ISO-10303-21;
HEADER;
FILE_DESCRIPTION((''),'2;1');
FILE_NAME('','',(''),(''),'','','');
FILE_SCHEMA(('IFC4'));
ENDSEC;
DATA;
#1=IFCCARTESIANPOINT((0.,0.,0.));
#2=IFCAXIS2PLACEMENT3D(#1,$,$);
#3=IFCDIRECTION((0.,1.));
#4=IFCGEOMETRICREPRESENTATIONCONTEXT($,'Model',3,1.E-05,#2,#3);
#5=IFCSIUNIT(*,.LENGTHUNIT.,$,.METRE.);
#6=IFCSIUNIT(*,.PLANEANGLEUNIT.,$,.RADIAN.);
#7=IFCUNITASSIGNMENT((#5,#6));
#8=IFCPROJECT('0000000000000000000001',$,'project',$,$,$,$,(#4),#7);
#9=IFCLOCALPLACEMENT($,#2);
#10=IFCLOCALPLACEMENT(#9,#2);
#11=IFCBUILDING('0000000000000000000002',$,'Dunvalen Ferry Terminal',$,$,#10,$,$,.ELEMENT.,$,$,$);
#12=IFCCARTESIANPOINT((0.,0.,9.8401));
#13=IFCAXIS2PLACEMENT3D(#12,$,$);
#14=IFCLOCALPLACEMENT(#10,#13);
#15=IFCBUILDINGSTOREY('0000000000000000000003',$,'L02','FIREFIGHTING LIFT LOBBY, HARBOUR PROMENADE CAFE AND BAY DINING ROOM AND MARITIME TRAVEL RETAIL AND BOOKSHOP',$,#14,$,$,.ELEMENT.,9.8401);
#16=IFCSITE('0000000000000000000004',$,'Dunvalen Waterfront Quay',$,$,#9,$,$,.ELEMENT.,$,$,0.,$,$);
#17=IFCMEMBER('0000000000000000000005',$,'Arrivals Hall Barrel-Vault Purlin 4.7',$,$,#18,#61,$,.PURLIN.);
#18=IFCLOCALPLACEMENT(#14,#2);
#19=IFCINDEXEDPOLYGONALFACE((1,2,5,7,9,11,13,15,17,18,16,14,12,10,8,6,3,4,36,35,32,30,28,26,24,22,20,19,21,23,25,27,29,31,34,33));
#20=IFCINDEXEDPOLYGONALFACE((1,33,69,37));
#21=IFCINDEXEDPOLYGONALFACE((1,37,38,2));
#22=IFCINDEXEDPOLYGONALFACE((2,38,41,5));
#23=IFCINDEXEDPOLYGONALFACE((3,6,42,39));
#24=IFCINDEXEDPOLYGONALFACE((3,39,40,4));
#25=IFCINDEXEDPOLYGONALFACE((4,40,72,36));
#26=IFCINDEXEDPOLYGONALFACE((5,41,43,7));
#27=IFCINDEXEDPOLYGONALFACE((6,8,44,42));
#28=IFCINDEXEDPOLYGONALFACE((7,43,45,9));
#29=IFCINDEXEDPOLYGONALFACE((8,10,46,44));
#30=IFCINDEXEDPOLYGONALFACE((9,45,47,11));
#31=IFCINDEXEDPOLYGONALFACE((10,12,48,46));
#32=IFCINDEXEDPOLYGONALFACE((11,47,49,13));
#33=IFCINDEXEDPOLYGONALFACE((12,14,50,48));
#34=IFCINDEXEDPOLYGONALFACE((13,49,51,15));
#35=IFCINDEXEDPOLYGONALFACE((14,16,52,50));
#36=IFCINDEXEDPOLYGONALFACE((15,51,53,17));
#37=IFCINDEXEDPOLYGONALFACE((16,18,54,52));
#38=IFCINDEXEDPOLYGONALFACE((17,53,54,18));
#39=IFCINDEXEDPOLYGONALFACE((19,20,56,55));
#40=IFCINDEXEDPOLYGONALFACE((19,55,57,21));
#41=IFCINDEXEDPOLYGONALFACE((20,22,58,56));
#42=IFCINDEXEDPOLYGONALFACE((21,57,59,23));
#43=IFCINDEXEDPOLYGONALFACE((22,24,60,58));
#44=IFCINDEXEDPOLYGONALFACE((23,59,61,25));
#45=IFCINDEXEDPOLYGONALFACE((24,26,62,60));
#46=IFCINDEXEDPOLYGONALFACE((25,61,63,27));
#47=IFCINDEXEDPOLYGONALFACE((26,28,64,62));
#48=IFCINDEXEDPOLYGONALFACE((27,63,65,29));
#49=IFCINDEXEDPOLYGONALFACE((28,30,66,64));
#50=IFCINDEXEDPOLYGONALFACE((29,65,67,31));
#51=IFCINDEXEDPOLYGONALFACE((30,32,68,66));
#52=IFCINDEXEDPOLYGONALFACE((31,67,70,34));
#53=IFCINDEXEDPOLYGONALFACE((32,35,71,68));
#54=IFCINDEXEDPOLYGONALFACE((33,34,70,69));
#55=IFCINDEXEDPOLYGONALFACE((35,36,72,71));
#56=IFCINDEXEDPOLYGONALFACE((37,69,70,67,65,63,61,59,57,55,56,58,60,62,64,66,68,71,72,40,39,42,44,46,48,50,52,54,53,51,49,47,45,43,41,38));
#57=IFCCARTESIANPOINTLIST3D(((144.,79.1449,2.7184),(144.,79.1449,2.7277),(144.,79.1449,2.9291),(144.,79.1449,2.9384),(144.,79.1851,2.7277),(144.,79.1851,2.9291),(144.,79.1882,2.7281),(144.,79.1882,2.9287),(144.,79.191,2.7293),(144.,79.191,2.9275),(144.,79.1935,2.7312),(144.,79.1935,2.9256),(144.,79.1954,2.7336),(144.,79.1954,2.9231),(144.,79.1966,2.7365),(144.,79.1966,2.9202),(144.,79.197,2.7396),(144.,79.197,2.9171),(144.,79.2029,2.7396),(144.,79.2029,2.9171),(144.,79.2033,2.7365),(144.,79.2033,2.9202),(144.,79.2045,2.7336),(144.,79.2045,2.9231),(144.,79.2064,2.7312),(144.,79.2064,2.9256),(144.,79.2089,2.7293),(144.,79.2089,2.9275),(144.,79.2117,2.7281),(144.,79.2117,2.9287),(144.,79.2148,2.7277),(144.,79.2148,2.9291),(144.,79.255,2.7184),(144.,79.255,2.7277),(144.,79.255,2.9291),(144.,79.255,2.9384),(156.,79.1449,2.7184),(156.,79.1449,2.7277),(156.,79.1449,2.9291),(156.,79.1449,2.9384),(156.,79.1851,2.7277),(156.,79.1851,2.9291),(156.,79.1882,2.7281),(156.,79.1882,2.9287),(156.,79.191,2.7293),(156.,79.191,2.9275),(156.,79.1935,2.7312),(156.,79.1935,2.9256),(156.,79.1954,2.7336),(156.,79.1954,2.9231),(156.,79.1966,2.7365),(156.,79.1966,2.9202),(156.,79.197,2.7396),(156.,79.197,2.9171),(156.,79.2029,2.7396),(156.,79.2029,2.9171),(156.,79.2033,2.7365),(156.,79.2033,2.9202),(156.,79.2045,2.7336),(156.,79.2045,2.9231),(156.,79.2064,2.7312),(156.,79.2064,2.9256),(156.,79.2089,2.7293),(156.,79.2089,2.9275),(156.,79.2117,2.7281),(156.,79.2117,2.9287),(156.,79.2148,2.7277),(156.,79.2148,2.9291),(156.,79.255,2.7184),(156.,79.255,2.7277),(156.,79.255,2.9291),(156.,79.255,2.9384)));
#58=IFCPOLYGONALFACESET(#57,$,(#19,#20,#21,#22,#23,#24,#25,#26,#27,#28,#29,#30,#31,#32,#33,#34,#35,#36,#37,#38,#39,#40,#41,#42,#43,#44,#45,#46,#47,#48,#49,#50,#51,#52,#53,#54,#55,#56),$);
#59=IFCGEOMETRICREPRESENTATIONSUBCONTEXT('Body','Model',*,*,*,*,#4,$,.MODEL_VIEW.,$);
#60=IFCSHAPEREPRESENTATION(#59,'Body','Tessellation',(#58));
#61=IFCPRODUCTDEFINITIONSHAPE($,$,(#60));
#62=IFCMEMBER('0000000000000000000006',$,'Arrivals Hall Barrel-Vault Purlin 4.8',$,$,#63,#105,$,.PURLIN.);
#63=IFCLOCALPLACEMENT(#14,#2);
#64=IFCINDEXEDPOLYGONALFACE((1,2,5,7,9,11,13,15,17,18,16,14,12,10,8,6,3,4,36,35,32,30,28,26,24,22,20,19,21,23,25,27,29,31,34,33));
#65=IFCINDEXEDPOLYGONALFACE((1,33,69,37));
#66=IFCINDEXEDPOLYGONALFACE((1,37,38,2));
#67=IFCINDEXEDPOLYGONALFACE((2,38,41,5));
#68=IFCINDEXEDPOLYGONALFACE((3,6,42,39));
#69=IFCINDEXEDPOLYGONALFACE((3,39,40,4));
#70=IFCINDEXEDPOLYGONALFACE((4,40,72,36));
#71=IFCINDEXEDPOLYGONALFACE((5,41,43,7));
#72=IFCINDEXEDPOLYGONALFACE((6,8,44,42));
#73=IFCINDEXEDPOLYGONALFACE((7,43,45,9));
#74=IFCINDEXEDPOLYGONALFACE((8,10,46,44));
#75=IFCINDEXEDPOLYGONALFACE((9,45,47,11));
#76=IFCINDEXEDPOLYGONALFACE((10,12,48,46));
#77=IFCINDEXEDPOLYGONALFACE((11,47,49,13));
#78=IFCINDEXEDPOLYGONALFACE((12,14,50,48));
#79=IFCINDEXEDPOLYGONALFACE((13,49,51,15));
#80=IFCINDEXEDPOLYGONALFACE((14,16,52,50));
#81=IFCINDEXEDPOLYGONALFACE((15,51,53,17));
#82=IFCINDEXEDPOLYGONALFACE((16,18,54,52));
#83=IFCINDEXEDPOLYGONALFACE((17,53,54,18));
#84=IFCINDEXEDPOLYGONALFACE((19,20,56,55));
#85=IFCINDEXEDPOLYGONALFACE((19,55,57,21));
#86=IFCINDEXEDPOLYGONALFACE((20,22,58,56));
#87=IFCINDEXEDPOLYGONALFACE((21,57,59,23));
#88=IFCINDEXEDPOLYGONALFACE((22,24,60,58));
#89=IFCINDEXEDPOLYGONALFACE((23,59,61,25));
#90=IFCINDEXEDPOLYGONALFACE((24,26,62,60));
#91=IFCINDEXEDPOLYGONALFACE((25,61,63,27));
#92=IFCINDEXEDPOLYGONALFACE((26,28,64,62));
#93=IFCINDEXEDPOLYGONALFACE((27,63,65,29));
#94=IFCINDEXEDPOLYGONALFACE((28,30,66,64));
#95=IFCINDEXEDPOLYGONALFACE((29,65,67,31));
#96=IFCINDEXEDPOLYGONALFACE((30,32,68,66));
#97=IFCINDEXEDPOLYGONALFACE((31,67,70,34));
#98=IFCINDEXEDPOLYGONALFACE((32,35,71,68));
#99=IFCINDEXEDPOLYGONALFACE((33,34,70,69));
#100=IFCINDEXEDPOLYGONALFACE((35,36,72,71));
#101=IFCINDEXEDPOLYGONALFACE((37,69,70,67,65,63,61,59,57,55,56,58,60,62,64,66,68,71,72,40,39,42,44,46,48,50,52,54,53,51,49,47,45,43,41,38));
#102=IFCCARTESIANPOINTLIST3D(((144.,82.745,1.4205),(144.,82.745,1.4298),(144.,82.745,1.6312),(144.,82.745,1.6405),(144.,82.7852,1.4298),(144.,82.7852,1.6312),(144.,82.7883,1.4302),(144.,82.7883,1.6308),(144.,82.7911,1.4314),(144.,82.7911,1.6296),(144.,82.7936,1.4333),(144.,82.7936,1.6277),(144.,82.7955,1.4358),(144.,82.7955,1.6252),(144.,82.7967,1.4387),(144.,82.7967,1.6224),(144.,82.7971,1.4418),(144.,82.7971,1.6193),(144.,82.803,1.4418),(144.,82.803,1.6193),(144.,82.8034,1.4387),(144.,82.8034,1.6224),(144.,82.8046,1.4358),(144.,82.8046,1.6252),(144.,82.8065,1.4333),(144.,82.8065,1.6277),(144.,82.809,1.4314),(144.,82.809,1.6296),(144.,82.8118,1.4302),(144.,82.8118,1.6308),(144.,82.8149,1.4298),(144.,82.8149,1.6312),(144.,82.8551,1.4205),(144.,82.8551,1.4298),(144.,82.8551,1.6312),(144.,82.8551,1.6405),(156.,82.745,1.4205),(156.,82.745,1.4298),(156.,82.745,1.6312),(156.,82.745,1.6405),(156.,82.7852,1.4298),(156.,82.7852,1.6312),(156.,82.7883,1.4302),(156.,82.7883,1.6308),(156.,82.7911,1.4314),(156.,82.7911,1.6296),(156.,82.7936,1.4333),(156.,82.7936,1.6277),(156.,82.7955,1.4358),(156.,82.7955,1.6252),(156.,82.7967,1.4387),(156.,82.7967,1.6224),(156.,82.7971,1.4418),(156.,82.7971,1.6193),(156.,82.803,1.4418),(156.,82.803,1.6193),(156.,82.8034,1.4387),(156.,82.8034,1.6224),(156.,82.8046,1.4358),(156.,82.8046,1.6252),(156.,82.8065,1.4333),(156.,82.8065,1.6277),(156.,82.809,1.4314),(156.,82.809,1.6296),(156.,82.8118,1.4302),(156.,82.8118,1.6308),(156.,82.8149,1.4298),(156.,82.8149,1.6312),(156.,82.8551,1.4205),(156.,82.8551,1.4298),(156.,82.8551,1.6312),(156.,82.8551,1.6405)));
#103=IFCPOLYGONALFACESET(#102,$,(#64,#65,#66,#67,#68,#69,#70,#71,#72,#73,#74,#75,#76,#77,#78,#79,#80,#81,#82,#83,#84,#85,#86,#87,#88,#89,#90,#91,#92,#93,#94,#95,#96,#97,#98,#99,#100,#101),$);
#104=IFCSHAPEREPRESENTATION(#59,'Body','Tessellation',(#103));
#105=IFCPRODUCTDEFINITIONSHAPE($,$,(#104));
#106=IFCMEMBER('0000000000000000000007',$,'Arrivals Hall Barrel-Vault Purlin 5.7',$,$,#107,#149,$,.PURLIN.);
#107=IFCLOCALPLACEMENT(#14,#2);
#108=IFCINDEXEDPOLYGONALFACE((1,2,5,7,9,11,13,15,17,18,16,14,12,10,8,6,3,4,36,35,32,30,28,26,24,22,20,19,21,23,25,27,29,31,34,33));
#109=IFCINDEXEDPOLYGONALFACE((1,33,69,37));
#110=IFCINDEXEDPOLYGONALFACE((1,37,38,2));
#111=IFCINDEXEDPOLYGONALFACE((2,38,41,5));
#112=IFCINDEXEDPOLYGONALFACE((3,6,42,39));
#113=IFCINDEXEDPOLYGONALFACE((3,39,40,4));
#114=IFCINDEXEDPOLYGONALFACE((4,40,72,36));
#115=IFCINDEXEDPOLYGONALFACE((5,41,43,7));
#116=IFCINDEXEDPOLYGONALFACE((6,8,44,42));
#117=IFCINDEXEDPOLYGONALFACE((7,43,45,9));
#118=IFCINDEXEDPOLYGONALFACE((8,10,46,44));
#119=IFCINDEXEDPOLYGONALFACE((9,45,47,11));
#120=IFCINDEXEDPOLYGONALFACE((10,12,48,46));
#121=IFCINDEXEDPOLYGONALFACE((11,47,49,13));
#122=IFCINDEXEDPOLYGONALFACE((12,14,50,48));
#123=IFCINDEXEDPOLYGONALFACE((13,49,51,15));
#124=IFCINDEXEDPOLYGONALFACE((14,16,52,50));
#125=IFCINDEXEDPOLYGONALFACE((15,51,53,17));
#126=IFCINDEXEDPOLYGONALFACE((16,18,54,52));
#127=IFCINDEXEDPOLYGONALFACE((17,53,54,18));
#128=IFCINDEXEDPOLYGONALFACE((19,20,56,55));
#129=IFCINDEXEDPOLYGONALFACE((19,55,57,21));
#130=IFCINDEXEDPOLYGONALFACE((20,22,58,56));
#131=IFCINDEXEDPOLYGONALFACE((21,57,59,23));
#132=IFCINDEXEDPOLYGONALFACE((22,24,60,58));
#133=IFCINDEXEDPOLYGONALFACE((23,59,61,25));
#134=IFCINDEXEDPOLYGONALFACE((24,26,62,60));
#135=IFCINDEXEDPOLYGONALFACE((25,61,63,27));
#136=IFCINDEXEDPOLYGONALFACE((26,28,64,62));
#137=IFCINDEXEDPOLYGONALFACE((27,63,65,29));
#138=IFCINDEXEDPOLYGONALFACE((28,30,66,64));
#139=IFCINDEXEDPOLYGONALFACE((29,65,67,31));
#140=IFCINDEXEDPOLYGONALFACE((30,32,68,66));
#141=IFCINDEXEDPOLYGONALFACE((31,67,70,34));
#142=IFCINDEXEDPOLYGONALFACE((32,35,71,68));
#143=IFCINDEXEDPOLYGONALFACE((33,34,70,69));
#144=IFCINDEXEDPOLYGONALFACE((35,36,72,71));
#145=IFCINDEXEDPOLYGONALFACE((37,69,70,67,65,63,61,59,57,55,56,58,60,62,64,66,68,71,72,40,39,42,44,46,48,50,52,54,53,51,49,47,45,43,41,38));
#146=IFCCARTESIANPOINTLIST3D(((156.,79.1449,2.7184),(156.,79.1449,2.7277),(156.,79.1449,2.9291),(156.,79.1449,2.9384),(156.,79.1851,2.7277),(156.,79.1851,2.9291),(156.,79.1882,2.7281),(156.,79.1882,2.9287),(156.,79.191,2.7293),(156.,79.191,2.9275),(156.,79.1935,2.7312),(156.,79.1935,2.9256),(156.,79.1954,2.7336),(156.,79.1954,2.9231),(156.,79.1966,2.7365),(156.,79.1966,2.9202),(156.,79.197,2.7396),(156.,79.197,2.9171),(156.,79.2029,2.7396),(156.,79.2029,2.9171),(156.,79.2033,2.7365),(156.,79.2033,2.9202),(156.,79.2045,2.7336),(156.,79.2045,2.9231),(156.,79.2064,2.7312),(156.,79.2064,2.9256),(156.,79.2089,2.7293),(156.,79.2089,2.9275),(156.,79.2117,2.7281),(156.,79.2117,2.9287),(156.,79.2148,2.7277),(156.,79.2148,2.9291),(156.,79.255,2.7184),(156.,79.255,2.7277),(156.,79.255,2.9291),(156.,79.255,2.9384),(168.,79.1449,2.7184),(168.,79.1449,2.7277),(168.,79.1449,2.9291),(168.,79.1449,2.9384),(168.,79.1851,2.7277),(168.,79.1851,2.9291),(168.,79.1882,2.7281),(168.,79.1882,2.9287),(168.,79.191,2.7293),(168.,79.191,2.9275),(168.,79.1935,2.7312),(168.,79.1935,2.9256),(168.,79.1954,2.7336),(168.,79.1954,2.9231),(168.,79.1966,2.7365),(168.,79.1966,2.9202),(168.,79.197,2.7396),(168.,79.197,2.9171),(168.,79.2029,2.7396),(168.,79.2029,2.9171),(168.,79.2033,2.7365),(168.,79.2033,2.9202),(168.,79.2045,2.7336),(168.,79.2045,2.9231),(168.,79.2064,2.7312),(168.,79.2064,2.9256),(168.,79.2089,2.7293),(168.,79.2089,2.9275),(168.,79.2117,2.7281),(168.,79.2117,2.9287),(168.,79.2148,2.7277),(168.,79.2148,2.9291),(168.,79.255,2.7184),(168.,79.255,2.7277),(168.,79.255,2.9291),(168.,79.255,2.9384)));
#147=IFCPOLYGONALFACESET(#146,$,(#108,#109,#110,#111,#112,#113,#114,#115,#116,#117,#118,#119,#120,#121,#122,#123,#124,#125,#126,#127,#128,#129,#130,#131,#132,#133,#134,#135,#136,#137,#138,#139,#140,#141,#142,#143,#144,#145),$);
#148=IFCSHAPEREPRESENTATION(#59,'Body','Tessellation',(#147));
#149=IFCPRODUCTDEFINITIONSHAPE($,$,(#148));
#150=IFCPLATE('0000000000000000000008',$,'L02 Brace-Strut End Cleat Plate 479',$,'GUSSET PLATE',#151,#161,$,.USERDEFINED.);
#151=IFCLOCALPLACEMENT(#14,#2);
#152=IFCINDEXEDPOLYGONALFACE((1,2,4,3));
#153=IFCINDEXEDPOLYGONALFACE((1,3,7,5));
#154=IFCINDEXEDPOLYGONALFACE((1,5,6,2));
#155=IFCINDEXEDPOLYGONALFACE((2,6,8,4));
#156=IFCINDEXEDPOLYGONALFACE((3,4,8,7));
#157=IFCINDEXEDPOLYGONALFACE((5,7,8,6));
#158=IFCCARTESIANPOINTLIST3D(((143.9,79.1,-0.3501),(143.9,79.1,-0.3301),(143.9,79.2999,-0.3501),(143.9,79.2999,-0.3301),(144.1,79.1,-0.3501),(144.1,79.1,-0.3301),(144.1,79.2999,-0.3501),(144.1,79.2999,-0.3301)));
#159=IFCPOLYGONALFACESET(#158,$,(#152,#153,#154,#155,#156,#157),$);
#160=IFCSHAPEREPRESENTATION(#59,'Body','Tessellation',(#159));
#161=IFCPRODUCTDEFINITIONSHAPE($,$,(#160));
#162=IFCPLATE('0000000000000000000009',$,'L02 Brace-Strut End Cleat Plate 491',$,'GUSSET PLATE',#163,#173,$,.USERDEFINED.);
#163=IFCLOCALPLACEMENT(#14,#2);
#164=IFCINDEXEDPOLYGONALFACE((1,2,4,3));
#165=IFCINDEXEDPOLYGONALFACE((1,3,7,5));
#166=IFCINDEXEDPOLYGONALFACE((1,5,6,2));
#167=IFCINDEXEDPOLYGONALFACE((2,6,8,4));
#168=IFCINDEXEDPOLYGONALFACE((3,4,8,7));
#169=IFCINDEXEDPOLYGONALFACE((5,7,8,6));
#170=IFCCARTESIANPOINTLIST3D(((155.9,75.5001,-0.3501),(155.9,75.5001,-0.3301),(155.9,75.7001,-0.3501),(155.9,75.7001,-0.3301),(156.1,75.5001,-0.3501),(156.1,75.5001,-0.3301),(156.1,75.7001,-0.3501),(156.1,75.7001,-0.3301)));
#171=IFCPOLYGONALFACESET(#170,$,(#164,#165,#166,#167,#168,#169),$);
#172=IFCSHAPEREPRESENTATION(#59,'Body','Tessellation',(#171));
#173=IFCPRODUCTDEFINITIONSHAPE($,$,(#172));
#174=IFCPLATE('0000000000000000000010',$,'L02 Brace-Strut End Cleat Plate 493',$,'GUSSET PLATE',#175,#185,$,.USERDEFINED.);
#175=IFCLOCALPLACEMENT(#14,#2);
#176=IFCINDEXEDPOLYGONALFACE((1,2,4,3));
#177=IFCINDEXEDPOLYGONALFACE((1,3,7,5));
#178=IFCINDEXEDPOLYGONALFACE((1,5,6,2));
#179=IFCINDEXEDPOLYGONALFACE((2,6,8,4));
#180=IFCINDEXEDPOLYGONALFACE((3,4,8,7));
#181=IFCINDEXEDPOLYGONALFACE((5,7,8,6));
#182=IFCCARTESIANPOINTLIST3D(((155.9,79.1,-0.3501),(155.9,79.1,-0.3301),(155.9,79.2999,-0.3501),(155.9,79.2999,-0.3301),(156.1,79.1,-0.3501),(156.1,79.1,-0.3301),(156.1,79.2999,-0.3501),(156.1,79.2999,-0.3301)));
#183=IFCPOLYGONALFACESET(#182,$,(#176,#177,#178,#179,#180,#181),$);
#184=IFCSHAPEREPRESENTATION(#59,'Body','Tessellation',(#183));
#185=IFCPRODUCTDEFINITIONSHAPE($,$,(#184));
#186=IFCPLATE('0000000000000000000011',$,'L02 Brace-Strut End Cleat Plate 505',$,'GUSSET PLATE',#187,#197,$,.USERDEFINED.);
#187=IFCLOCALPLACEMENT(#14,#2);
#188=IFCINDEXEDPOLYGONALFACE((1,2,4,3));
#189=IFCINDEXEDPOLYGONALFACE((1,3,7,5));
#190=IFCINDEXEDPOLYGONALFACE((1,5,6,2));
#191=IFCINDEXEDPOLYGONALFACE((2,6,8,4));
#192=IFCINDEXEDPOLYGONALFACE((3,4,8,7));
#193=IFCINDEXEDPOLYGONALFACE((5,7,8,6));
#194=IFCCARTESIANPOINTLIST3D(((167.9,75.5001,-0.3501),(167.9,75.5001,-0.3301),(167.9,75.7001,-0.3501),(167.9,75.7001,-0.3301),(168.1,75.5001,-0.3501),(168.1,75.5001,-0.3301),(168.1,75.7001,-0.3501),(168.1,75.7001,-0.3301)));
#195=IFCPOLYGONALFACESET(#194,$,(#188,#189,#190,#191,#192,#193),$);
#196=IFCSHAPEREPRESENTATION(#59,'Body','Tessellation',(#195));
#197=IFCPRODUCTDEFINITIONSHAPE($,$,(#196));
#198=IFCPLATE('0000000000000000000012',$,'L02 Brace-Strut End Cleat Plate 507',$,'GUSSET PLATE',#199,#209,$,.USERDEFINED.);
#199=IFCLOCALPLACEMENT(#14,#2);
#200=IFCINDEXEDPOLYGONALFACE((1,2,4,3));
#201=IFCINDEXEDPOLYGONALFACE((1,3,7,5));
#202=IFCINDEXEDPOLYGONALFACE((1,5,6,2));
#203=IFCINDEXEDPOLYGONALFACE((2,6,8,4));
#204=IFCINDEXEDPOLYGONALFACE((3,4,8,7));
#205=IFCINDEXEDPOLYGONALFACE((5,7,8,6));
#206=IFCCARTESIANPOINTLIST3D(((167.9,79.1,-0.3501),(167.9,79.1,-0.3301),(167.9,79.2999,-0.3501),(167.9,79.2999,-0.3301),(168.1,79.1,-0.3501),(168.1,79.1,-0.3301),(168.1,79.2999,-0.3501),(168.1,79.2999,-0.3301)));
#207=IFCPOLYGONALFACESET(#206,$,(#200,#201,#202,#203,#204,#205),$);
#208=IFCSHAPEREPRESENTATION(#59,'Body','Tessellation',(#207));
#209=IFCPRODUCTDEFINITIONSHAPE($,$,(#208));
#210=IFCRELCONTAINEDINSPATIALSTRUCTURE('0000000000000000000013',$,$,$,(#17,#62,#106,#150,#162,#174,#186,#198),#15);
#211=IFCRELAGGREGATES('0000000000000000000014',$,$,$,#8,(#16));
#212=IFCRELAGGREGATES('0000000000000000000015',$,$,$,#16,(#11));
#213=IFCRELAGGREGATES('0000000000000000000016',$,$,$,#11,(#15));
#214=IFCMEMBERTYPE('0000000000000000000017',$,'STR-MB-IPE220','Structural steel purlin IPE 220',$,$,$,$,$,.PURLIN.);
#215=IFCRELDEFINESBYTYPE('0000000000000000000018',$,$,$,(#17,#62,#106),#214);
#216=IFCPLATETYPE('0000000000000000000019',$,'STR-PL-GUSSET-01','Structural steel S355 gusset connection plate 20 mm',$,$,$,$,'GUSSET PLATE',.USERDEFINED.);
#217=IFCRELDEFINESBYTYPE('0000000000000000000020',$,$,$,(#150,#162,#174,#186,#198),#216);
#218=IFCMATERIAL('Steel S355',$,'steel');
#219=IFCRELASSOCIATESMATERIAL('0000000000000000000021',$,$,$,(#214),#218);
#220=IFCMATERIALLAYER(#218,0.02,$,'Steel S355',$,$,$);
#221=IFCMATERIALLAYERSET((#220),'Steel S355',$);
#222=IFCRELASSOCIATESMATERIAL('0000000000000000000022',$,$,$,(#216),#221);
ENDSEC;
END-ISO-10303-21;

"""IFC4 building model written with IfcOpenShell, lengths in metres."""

from ifc_helpers import new_model, si_unit, direction, frame, origin, origin_2d, place, context, subcontext, project, spatial, rectangle, i_section, extrude, material, layer, layer_set, material_profile, profile_set, type_object, element, save


model = new_model("IFC4")

# Units and contexts
model_context = context("Model", 3, precision=1e-05, world=origin(), true_north=direction((0.0, 1.0)))
body_context = subcontext(model_context, "Body", "Model", "MODEL_VIEW")
ifc_project = project(units=[si_unit("LENGTHUNIT", "METRE"), si_unit("PLANEANGLEUNIT", "RADIAN")], contexts=[model_context])

# Site, building, storey
site_placement = place(None, origin())
site = spatial("IfcSite", under=ifc_project, at=site_placement, Name="Dunvalen Waterfront Quay", CompositionType="ELEMENT", RefElevation=0.0)
building_placement = place(site_placement, origin())
building = spatial("IfcBuilding", under=site, at=building_placement, Name="Dunvalen Ferry Terminal", CompositionType="ELEMENT")
storey_placement = place(building_placement, frame((0.0, 0.0, 9.8401)))
storey = spatial("IfcBuildingStorey", under=building, at=storey_placement, Name="L02", Description="FIREFIGHTING LIFT LOBBY, HARBOUR PROMENADE CAFE AND BAY DINING ROOM AND MARITIME TRAVEL RETAIL AND BOOKSHOP", CompositionType="ELEMENT", Elevation=9.8401)

# Shared definitions
ifc_material_1 = material(Name="Steel S355", Category="steel")

# Members
ifc_material_profile_1 = material_profile(ifc_material_1, i_section(OverallWidth=0.1101, OverallDepth=0.22, WebThickness=0.0059, FlangeThickness=0.0093, FilletRadius=0.012, at=origin_2d()), Name="Steel S355")
ifc_profile_set_1 = profile_set([ifc_material_profile_1], Name="Steel S355")
member_type_1 = type_object("IfcMemberType", Name="STR-MB-IPE220", Description="Structural steel purlin IPE 220", PredefinedType="PURLIN", material=ifc_profile_set_1)
for number, where, z_axis, x_axis, name in (
    (1, (144.0, 79.2, 2.8284), (1.0, 0.0, 0.0), (0.0, 1.0, 0.0), "Arrivals Hall Barrel-Vault Purlin 4.7"),
    (2, (144.0, 82.8, 1.5305), (1.0, 0.0, 0.0), (0.0, 1.0, 0.0), "Arrivals Hall Barrel-Vault Purlin 4.8"),
    (3, (156.0, 79.2, 2.8284), (1.0, 0.0, 0.0), (0.0, 1.0, 0.0), "Arrivals Hall Barrel-Vault Purlin 5.7"),
):
    element("IfcMember", number, at=place(storey_placement, frame(where, z_axis=z_axis, x_axis=x_axis)), inside=storey, type_object=member_type_1, Name=name, PredefinedType="PURLIN", context=body_context, shape_type="SweptSolid", body=[
        extrude(i_section(OverallWidth=0.1101, OverallDepth=0.22, WebThickness=0.0059, FlangeThickness=0.0093, FilletRadius=0.012, at=origin_2d()), origin(), (0.0, 0.0, 1.0), 12.0),
    ])

# Plates
ifc_layer_1 = layer(ifc_material_1, 0.02, Name="Steel S355")
ifc_layer_set_1 = layer_set([ifc_layer_1], Name="Steel S355")
plate_type_1 = type_object("IfcPlateType", Name="STR-PL-GUSSET-01", Description="Structural steel S355 gusset connection plate 20 mm", ElementType="GUSSET PLATE", PredefinedType="USERDEFINED", material=ifc_layer_set_1)
for number, where, z_axis, x_axis, name in (
    (4, (144.0, 79.2, -0.3501), (0.0, 0.0, 1.0), (1.0, 0.0, 0.0), "L02 Brace-Strut End Cleat Plate 479"),
    (5, (156.0, 75.6001, -0.3501), (0.0, 0.0, 1.0), (1.0, 0.0, 0.0), "L02 Brace-Strut End Cleat Plate 491"),
    (6, (156.0, 79.2, -0.3501), (0.0, 0.0, 1.0), (1.0, 0.0, 0.0), "L02 Brace-Strut End Cleat Plate 493"),
    (7, (168.0, 75.6001, -0.3501), (0.0, 0.0, 1.0), (1.0, 0.0, 0.0), "L02 Brace-Strut End Cleat Plate 505"),
    (8, (168.0, 79.2, -0.3501), (0.0, 0.0, 1.0), (1.0, 0.0, 0.0), "L02 Brace-Strut End Cleat Plate 507"),
):
    element("IfcPlate", number, at=place(storey_placement, frame(where, z_axis=z_axis, x_axis=x_axis)), inside=storey, type_object=plate_type_1, Name=name, ObjectType="GUSSET PLATE", PredefinedType="USERDEFINED", context=body_context, shape_type="SweptSolid", body=[
        extrude(rectangle(XDim=0.2, YDim=0.2, at=origin_2d()), origin(), (0.0, 0.0, 1.0), 0.02),
    ])

save(model, "model.ifc")
